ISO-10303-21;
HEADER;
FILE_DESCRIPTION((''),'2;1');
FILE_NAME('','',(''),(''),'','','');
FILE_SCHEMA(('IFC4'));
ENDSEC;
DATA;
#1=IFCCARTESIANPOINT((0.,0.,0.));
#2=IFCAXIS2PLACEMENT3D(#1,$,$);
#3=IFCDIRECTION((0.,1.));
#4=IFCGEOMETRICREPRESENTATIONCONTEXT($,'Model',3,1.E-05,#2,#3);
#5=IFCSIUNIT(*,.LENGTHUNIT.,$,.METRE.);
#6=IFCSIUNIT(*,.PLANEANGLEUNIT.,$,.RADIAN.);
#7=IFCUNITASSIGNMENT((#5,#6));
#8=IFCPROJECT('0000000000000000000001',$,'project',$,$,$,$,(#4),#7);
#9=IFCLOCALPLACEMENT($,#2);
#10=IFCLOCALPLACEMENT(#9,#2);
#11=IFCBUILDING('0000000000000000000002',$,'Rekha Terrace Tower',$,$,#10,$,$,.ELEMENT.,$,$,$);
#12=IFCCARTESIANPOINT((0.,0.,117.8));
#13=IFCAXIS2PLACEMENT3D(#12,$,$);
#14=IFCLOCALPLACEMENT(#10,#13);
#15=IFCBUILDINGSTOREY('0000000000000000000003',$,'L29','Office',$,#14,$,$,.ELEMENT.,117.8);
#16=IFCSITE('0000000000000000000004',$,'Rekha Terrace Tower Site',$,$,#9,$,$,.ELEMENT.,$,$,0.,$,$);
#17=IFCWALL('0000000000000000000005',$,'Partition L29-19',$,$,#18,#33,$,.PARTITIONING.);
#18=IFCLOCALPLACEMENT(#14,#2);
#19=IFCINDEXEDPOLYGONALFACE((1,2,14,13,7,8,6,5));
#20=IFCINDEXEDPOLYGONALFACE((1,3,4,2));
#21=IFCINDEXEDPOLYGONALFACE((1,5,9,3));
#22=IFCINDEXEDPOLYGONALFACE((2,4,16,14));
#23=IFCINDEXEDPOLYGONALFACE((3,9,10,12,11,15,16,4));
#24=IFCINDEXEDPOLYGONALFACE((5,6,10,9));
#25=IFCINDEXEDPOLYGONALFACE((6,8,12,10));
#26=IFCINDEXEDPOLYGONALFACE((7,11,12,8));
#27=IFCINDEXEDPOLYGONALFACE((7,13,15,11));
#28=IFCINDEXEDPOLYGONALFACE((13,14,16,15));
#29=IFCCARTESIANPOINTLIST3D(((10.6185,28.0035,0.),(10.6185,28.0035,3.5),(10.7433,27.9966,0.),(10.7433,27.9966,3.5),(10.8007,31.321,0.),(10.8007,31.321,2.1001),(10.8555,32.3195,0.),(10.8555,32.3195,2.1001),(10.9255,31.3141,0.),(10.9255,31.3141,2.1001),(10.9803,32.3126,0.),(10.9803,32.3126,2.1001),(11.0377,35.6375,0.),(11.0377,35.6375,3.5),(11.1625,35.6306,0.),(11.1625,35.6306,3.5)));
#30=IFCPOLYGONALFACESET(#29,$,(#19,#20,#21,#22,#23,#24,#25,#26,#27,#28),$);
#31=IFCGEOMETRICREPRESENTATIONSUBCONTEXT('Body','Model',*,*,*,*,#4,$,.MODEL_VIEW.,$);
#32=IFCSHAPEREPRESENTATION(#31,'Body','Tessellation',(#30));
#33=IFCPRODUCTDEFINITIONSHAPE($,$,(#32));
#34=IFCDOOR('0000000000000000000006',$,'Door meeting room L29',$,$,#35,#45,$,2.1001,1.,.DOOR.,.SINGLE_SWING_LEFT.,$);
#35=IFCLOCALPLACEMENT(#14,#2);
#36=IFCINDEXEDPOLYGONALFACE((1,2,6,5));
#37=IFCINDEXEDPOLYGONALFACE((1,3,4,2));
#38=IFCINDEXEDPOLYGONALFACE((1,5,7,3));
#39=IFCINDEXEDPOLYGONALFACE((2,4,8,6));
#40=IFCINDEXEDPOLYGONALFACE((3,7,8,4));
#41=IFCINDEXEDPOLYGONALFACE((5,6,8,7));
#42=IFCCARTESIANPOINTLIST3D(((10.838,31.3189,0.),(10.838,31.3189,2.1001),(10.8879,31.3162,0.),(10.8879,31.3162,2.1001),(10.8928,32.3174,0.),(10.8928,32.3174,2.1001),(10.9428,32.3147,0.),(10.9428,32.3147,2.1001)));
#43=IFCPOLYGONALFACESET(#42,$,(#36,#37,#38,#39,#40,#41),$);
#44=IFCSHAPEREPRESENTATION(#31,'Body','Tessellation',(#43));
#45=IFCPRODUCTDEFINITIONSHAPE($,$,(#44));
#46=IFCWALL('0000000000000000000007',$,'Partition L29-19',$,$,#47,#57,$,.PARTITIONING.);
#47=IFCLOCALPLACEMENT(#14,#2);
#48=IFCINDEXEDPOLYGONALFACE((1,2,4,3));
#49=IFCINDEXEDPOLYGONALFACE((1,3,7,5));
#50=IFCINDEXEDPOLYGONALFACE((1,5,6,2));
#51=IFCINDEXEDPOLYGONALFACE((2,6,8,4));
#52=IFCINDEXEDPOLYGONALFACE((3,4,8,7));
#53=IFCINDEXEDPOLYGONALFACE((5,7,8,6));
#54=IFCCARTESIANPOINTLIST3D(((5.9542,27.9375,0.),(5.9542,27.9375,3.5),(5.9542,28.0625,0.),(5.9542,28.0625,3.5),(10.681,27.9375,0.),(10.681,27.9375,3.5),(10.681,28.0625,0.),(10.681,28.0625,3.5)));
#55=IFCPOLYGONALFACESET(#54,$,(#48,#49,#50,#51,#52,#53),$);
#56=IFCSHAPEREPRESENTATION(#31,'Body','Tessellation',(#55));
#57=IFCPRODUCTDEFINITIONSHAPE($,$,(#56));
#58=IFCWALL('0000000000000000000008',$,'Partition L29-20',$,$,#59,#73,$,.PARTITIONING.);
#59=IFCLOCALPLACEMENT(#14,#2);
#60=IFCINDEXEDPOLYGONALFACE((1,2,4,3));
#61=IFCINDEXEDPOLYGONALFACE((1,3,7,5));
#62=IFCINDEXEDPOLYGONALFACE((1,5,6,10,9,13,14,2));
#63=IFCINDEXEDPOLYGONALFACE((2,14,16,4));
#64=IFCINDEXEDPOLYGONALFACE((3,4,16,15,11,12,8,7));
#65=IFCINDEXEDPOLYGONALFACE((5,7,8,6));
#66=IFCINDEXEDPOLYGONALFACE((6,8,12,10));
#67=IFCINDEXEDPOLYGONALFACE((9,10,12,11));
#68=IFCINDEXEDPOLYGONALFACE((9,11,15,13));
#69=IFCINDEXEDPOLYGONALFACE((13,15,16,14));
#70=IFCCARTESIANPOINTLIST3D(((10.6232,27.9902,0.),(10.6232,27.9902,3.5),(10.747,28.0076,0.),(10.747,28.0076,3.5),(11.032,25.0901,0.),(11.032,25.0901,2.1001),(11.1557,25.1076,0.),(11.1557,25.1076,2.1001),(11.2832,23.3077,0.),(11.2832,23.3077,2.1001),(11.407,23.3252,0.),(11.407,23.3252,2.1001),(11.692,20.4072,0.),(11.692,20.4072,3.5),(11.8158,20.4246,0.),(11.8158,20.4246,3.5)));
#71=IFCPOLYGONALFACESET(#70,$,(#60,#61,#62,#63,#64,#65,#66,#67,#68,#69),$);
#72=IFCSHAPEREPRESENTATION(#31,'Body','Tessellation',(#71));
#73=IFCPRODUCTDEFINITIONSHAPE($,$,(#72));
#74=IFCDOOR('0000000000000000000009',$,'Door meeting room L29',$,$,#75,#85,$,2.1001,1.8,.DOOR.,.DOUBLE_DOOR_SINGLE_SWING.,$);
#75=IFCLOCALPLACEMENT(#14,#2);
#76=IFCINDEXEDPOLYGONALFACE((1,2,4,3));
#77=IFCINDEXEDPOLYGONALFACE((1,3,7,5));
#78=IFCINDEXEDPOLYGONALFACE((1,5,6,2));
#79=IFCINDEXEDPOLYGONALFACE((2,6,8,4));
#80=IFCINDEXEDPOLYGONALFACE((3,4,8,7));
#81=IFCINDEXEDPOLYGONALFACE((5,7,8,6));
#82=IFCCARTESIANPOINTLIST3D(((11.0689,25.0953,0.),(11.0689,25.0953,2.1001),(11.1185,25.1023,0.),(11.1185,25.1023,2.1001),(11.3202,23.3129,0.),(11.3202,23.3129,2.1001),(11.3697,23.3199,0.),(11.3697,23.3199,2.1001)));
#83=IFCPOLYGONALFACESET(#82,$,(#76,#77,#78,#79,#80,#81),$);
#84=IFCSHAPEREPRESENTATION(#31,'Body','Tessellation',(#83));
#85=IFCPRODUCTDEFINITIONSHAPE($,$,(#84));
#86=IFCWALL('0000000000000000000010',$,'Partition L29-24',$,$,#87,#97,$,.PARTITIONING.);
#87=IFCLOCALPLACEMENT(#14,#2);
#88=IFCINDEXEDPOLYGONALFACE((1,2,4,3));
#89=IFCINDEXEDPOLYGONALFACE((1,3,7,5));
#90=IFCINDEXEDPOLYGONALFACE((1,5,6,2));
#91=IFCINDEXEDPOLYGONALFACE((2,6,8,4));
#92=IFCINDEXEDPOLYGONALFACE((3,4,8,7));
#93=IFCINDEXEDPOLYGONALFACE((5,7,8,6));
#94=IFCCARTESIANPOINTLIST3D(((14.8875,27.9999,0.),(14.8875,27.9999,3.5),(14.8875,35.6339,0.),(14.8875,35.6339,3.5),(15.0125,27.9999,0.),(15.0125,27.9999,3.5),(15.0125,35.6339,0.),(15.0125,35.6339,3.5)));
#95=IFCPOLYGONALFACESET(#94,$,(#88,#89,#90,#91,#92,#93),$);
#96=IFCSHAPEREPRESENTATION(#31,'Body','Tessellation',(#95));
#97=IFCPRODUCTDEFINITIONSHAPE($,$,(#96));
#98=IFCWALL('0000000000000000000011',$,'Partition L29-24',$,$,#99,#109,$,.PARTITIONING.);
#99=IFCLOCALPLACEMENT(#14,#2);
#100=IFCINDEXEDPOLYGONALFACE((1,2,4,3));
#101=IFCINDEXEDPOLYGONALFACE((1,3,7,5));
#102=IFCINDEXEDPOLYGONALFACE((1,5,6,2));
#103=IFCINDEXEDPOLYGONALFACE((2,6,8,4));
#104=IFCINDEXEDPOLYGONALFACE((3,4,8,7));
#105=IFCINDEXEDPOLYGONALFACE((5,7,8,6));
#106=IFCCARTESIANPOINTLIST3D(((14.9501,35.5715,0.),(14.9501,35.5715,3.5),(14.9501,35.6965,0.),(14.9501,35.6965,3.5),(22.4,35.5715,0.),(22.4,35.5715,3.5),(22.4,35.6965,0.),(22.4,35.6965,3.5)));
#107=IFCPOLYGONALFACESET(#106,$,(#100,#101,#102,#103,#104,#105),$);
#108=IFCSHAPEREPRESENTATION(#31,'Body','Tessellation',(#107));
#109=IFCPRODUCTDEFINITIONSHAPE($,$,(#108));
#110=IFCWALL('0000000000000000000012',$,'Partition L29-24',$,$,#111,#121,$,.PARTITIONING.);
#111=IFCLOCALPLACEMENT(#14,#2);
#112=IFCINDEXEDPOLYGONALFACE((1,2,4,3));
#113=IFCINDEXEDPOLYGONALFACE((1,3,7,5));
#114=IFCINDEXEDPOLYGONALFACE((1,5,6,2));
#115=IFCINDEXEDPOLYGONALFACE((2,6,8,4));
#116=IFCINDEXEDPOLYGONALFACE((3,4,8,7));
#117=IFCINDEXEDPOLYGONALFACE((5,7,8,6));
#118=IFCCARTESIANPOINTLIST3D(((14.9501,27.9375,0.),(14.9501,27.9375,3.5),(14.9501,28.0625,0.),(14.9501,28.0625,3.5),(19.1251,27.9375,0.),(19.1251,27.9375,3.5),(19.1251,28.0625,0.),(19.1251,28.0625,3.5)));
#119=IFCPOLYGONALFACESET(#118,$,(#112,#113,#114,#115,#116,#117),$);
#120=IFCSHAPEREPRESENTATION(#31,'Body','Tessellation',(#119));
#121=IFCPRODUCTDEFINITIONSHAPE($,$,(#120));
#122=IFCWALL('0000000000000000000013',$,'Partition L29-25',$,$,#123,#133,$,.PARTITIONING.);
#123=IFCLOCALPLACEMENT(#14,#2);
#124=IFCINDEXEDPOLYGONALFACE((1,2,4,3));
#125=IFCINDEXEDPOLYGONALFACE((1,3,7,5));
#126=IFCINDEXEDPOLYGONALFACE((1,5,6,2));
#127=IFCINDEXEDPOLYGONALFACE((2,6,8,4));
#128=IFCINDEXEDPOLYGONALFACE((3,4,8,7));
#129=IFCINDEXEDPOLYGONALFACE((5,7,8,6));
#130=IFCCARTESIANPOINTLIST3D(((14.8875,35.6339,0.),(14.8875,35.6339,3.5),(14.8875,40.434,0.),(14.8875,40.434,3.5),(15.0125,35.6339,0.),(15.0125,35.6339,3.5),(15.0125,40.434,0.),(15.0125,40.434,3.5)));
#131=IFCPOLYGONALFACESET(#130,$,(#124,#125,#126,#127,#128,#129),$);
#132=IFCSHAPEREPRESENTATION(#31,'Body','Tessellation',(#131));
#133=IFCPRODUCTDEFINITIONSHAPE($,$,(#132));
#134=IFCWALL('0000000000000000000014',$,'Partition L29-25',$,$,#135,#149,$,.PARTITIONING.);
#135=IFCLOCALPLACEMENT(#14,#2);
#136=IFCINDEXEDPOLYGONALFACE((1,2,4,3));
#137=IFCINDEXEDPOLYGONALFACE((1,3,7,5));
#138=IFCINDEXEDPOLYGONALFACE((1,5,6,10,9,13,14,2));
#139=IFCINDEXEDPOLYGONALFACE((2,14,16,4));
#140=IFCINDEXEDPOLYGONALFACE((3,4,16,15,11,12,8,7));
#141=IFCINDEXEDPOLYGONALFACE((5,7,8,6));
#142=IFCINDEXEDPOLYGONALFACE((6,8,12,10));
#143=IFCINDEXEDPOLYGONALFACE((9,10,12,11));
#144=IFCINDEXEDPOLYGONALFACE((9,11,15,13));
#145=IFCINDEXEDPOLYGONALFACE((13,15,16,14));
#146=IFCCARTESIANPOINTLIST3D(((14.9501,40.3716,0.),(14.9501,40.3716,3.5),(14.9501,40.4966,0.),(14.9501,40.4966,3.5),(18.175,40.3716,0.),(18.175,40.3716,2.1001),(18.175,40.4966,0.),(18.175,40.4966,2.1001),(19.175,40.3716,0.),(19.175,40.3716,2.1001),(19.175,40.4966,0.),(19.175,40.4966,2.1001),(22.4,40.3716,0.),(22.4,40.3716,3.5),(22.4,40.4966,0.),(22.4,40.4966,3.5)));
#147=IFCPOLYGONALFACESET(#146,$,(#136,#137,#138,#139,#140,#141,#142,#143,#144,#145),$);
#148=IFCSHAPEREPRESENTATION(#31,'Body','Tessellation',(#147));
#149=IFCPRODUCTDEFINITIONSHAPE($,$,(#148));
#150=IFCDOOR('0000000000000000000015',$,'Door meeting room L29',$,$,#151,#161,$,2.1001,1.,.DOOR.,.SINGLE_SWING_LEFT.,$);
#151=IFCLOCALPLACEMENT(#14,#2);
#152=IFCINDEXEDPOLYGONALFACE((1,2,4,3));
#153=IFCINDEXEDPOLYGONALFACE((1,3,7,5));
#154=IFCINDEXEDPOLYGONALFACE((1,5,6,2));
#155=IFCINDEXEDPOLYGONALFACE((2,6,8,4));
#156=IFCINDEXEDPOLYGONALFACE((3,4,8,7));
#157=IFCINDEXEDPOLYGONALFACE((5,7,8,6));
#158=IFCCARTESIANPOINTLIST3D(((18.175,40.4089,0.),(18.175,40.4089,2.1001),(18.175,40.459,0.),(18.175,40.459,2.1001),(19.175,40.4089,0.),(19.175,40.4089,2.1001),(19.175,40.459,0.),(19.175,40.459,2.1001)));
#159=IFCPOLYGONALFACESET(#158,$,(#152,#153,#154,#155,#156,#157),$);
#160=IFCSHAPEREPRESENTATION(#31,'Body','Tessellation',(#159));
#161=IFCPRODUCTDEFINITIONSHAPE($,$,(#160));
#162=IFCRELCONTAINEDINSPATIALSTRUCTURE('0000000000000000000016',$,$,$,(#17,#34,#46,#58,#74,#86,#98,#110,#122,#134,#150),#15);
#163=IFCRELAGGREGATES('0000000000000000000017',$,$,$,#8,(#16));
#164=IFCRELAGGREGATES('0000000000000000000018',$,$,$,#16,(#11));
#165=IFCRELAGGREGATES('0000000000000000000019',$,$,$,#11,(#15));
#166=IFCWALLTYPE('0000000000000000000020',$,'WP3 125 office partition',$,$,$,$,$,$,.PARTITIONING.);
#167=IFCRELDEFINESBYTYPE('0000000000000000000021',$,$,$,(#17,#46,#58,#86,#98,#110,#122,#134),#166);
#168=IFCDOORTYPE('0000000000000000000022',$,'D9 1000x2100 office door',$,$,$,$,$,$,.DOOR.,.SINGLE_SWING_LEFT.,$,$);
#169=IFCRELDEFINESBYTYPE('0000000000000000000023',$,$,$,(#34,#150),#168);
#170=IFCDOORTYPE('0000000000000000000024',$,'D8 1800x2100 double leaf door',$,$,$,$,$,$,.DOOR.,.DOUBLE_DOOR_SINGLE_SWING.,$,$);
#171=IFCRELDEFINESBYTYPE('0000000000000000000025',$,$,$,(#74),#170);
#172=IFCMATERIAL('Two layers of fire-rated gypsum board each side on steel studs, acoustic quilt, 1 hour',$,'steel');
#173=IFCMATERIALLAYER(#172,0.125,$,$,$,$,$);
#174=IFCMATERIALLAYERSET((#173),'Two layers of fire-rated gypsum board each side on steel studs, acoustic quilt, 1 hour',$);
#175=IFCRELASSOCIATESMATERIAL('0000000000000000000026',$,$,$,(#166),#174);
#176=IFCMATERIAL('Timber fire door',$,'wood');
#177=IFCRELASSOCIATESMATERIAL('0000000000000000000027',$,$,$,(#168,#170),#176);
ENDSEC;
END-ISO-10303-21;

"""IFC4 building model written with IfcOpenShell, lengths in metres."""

from ifc_helpers import new_model, si_unit, direction, frame, frame_2d, origin, place, context, subcontext, project, spatial, rectangle, extrude, material, layer, layer_set, type_object, element, fill, save


model = new_model("IFC4")

# Units and contexts
model_context = context("Model", 3, precision=1e-05, world=origin(), true_north=direction((0.0, 1.0)))
body_context = subcontext(model_context, "Body", "Model", "MODEL_VIEW")
ifc_project = project(units=[si_unit("LENGTHUNIT", "METRE"), si_unit("PLANEANGLEUNIT", "RADIAN")], contexts=[model_context])

# Site, building, storey
site_placement = place(None, origin())
site = spatial("IfcSite", under=ifc_project, at=site_placement, Name="Rekha Terrace Tower Site", CompositionType="ELEMENT", RefElevation=0.0)
building_placement = place(site_placement, origin())
building = spatial("IfcBuilding", under=site, at=building_placement, Name="Rekha Terrace Tower", CompositionType="ELEMENT")
storey_placement = place(building_placement, frame((0.0, 0.0, 117.8)))
storey = spatial("IfcBuildingStorey", under=building, at=storey_placement, Name="L29", Description="Office", CompositionType="ELEMENT", Elevation=117.8)

# Shared definitions
ifc_material_1 = material(Name="Two layers of fire-rated gypsum board each side on steel studs, acoustic quilt, 1 hour", Category="steel")
ifc_layer_1 = layer(ifc_material_1, 0.125)
ifc_layer_set_1 = layer_set([ifc_layer_1], Name="Two layers of fire-rated gypsum board each side on steel studs, acoustic quilt, 1 hour")
wall_type_1 = type_object("IfcWallType", Name="WP3 125 office partition", PredefinedType="PARTITIONING", material=ifc_layer_set_1)

# Wall, opening, door
wall_1_placement = place(storey_placement, frame((11.1001, 35.634, 0.0), z_axis=(0.0, 0.0, 1.0), x_axis=(-0.054828, -0.998496, 0.0)))
wall_1 = element("IfcWall", 1, at=wall_1_placement, inside=storey, type_object=wall_type_1, Name="Partition L29-19", PredefinedType="PARTITIONING", context=body_context, shape_type="SweptSolid", body=[
    extrude(rectangle(XDim=7.6455, YDim=0.125, at=frame_2d((3.8228, 0.0))), origin(), (0.0, 0.0, 1.0), 3.5),
])
opening_1_placement = place(wall_1_placement, frame((3.323, 0.0, 0.0)))
opening_1 = element("IfcOpeningElement", 2, at=opening_1_placement, cuts=wall_1, PredefinedType="OPENING", context=body_context, shape_type="SweptSolid", body=[
    extrude(rectangle(XDim=1.0, YDim=2.1001, at=frame_2d((0.5, 1.05))), frame((0.0, 0.0725, 0.0), z_axis=(0.0, -1.0, 0.0), x_axis=(1.0, 0.0, 0.0)), (0.0, 0.0, 1.0), 0.145),
])
ifc_material_2 = material(Name="Timber fire door", Category="wood")
door_type_1 = type_object("IfcDoorType", Name="D9 1000x2100 office door", OperationType="SINGLE_SWING_LEFT", PredefinedType="DOOR", material=ifc_material_2)
door_1_placement = place(opening_1_placement, origin())
door_1 = element("IfcDoor", 3, at=door_1_placement, inside=storey, type_object=door_type_1, Name="Door meeting room L29", OperationType="SINGLE_SWING_LEFT", OverallHeight=2.1001, OverallWidth=1.0, PredefinedType="DOOR", context=body_context, shape_type="SweptSolid", body=[
    extrude(rectangle(XDim=1.0, YDim=2.1001, at=frame_2d((0.5, 1.05))), frame((0.0, 0.0249, 0.0), z_axis=(0.0, -1.0, 0.0), x_axis=(1.0, 0.0, 0.0)), (0.0, 0.0, 1.0), 0.05),
])
fill(opening_1, door_1)

# Wall
wall_2_placement = place(storey_placement, frame((10.6809, 28.0, 0.0), z_axis=(0.0, 0.0, 1.0), x_axis=(-1.0, 0.0, 0.0)))
element("IfcWall", 4, at=wall_2_placement, inside=storey, type_object=wall_type_1, Name="Partition L29-19", PredefinedType="PARTITIONING", context=body_context, shape_type="SweptSolid", body=[
    extrude(rectangle(XDim=4.7268, YDim=0.125, at=frame_2d((2.3633, 0.0))), origin(), (0.0, 0.0, 1.0), 3.5),
])

# Wall, opening, door
wall_3_placement = place(storey_placement, frame((10.6851, 27.999, 0.0), z_axis=(0.0, 0.0, 1.0), x_axis=(0.139573, -0.990212, 0.0)))
wall_3 = element("IfcWall", 5, at=wall_3_placement, inside=storey, type_object=wall_type_1, Name="Partition L29-20", PredefinedType="PARTITIONING", context=body_context, shape_type="SweptSolid", body=[
    extrude(rectangle(XDim=7.658, YDim=0.125, at=frame_2d((3.8291, 0.0))), origin(), (0.0, 0.0, 1.0), 3.5),
])
opening_2_placement = place(wall_3_placement, frame((2.929, 0.0, 0.0)))
opening_2 = element("IfcOpeningElement", 6, at=opening_2_placement, cuts=wall_3, PredefinedType="OPENING", context=body_context, shape_type="SweptSolid", body=[
    extrude(rectangle(XDim=1.8, YDim=2.1001, at=frame_2d((0.8999, 1.05))), frame((0.0, 0.0725, 0.0), z_axis=(0.0, -1.0, 0.0), x_axis=(1.0, 0.0, 0.0)), (0.0, 0.0, 1.0), 0.145),
])
door_type_2 = type_object("IfcDoorType", Name="D8 1800x2100 double leaf door", OperationType="DOUBLE_DOOR_SINGLE_SWING", PredefinedType="DOOR", material=ifc_material_2)
door_2_placement = place(opening_2_placement, origin())
door_2 = element("IfcDoor", 7, at=door_2_placement, inside=storey, type_object=door_type_2, Name="Door meeting room L29", OperationType="DOUBLE_DOOR_SINGLE_SWING", OverallHeight=2.1001, OverallWidth=1.8, PredefinedType="DOOR", context=body_context, shape_type="SweptSolid", body=[
    extrude(rectangle(XDim=1.8, YDim=2.1001, at=frame_2d((0.8999, 1.05))), frame((0.0, 0.0249, 0.0), z_axis=(0.0, -1.0, 0.0), x_axis=(1.0, 0.0, 0.0)), (0.0, 0.0, 1.0), 0.05),
])
fill(opening_2, door_2)

# Walls
wall_4_placement = place(storey_placement, frame((14.95, 28.0, 0.0), z_axis=(0.0, 0.0, 1.0), x_axis=(0.0, 1.0, 0.0)))
element("IfcWall", 8, at=wall_4_placement, inside=storey, type_object=wall_type_1, Name="Partition L29-24", PredefinedType="PARTITIONING", context=body_context, shape_type="SweptSolid", body=[
    extrude(rectangle(XDim=7.634, YDim=0.125, at=frame_2d((3.8169, 0.0))), origin(), (0.0, 0.0, 1.0), 3.5),
])
wall_5_placement = place(storey_placement, frame((14.95, 35.634, 0.0), z_axis=(0.0, 0.0, 1.0), x_axis=(1.0, 0.0, 0.0)))
element("IfcWall", 9, at=wall_5_placement, inside=storey, type_object=wall_type_1, Name="Partition L29-24", PredefinedType="PARTITIONING", context=body_context, shape_type="SweptSolid", body=[
    extrude(rectangle(XDim=7.45, YDim=0.125, at=frame_2d((3.7251, 0.0))), origin(), (0.0, 0.0, 1.0), 3.5),
])
wall_6_placement = place(storey_placement, frame((19.125, 28.0, 0.0), z_axis=(0.0, 0.0, 1.0), x_axis=(-1.0, 0.0, 0.0)))
element("IfcWall", 10, at=wall_6_placement, inside=storey, type_object=wall_type_1, Name="Partition L29-24", PredefinedType="PARTITIONING", context=body_context, shape_type="SweptSolid", body=[
    extrude(rectangle(XDim=4.175, YDim=0.125, at=frame_2d((2.0874, 0.0))), origin(), (0.0, 0.0, 1.0), 3.5),
])
wall_7_placement = place(storey_placement, frame((14.95, 35.634, 0.0), z_axis=(0.0, 0.0, 1.0), x_axis=(0.0, 1.0, 0.0)))
element("IfcWall", 11, at=wall_7_placement, inside=storey, type_object=wall_type_1, Name="Partition L29-25", PredefinedType="PARTITIONING", context=body_context, shape_type="SweptSolid", body=[
    extrude(rectangle(XDim=4.8, YDim=0.125, at=frame_2d((2.3999, 0.0))), origin(), (0.0, 0.0, 1.0), 3.5),
])

# Wall, opening, door
wall_8_placement = place(storey_placement, frame((14.95, 40.4341, 0.0), z_axis=(0.0, 0.0, 1.0), x_axis=(1.0, 0.0, 0.0)))
wall_8 = element("IfcWall", 12, at=wall_8_placement, inside=storey, type_object=wall_type_1, Name="Partition L29-25", PredefinedType="PARTITIONING", context=body_context, shape_type="SweptSolid", body=[
    extrude(rectangle(XDim=7.45, YDim=0.125, at=frame_2d((3.7251, 0.0))), origin(), (0.0, 0.0, 1.0), 3.5),
])
opening_3_placement = place(wall_8_placement, frame((3.2251, 0.0, 0.0)))
opening_3 = element("IfcOpeningElement", 13, at=opening_3_placement, cuts=wall_8, PredefinedType="OPENING", context=body_context, shape_type="SweptSolid", body=[
    extrude(rectangle(XDim=1.0, YDim=2.1001, at=frame_2d((0.5, 1.05))), frame((0.0, 0.0725, 0.0), z_axis=(0.0, -1.0, 0.0), x_axis=(1.0, 0.0, 0.0)), (0.0, 0.0, 1.0), 0.145),
])
door_3_placement = place(opening_3_placement, origin())
door_3 = element("IfcDoor", 14, at=door_3_placement, inside=storey, type_object=door_type_1, Name="Door meeting room L29", OperationType="SINGLE_SWING_LEFT", OverallHeight=2.1001, OverallWidth=1.0, PredefinedType="DOOR", context=body_context, shape_type="SweptSolid", body=[
    extrude(rectangle(XDim=1.0, YDim=2.1001, at=frame_2d((0.5, 1.05))), frame((0.0, 0.0249, 0.0), z_axis=(0.0, -1.0, 0.0), x_axis=(1.0, 0.0, 0.0)), (0.0, 0.0, 1.0), 0.05),
])
fill(opening_3, door_3)

save(model, "model.ifc")
